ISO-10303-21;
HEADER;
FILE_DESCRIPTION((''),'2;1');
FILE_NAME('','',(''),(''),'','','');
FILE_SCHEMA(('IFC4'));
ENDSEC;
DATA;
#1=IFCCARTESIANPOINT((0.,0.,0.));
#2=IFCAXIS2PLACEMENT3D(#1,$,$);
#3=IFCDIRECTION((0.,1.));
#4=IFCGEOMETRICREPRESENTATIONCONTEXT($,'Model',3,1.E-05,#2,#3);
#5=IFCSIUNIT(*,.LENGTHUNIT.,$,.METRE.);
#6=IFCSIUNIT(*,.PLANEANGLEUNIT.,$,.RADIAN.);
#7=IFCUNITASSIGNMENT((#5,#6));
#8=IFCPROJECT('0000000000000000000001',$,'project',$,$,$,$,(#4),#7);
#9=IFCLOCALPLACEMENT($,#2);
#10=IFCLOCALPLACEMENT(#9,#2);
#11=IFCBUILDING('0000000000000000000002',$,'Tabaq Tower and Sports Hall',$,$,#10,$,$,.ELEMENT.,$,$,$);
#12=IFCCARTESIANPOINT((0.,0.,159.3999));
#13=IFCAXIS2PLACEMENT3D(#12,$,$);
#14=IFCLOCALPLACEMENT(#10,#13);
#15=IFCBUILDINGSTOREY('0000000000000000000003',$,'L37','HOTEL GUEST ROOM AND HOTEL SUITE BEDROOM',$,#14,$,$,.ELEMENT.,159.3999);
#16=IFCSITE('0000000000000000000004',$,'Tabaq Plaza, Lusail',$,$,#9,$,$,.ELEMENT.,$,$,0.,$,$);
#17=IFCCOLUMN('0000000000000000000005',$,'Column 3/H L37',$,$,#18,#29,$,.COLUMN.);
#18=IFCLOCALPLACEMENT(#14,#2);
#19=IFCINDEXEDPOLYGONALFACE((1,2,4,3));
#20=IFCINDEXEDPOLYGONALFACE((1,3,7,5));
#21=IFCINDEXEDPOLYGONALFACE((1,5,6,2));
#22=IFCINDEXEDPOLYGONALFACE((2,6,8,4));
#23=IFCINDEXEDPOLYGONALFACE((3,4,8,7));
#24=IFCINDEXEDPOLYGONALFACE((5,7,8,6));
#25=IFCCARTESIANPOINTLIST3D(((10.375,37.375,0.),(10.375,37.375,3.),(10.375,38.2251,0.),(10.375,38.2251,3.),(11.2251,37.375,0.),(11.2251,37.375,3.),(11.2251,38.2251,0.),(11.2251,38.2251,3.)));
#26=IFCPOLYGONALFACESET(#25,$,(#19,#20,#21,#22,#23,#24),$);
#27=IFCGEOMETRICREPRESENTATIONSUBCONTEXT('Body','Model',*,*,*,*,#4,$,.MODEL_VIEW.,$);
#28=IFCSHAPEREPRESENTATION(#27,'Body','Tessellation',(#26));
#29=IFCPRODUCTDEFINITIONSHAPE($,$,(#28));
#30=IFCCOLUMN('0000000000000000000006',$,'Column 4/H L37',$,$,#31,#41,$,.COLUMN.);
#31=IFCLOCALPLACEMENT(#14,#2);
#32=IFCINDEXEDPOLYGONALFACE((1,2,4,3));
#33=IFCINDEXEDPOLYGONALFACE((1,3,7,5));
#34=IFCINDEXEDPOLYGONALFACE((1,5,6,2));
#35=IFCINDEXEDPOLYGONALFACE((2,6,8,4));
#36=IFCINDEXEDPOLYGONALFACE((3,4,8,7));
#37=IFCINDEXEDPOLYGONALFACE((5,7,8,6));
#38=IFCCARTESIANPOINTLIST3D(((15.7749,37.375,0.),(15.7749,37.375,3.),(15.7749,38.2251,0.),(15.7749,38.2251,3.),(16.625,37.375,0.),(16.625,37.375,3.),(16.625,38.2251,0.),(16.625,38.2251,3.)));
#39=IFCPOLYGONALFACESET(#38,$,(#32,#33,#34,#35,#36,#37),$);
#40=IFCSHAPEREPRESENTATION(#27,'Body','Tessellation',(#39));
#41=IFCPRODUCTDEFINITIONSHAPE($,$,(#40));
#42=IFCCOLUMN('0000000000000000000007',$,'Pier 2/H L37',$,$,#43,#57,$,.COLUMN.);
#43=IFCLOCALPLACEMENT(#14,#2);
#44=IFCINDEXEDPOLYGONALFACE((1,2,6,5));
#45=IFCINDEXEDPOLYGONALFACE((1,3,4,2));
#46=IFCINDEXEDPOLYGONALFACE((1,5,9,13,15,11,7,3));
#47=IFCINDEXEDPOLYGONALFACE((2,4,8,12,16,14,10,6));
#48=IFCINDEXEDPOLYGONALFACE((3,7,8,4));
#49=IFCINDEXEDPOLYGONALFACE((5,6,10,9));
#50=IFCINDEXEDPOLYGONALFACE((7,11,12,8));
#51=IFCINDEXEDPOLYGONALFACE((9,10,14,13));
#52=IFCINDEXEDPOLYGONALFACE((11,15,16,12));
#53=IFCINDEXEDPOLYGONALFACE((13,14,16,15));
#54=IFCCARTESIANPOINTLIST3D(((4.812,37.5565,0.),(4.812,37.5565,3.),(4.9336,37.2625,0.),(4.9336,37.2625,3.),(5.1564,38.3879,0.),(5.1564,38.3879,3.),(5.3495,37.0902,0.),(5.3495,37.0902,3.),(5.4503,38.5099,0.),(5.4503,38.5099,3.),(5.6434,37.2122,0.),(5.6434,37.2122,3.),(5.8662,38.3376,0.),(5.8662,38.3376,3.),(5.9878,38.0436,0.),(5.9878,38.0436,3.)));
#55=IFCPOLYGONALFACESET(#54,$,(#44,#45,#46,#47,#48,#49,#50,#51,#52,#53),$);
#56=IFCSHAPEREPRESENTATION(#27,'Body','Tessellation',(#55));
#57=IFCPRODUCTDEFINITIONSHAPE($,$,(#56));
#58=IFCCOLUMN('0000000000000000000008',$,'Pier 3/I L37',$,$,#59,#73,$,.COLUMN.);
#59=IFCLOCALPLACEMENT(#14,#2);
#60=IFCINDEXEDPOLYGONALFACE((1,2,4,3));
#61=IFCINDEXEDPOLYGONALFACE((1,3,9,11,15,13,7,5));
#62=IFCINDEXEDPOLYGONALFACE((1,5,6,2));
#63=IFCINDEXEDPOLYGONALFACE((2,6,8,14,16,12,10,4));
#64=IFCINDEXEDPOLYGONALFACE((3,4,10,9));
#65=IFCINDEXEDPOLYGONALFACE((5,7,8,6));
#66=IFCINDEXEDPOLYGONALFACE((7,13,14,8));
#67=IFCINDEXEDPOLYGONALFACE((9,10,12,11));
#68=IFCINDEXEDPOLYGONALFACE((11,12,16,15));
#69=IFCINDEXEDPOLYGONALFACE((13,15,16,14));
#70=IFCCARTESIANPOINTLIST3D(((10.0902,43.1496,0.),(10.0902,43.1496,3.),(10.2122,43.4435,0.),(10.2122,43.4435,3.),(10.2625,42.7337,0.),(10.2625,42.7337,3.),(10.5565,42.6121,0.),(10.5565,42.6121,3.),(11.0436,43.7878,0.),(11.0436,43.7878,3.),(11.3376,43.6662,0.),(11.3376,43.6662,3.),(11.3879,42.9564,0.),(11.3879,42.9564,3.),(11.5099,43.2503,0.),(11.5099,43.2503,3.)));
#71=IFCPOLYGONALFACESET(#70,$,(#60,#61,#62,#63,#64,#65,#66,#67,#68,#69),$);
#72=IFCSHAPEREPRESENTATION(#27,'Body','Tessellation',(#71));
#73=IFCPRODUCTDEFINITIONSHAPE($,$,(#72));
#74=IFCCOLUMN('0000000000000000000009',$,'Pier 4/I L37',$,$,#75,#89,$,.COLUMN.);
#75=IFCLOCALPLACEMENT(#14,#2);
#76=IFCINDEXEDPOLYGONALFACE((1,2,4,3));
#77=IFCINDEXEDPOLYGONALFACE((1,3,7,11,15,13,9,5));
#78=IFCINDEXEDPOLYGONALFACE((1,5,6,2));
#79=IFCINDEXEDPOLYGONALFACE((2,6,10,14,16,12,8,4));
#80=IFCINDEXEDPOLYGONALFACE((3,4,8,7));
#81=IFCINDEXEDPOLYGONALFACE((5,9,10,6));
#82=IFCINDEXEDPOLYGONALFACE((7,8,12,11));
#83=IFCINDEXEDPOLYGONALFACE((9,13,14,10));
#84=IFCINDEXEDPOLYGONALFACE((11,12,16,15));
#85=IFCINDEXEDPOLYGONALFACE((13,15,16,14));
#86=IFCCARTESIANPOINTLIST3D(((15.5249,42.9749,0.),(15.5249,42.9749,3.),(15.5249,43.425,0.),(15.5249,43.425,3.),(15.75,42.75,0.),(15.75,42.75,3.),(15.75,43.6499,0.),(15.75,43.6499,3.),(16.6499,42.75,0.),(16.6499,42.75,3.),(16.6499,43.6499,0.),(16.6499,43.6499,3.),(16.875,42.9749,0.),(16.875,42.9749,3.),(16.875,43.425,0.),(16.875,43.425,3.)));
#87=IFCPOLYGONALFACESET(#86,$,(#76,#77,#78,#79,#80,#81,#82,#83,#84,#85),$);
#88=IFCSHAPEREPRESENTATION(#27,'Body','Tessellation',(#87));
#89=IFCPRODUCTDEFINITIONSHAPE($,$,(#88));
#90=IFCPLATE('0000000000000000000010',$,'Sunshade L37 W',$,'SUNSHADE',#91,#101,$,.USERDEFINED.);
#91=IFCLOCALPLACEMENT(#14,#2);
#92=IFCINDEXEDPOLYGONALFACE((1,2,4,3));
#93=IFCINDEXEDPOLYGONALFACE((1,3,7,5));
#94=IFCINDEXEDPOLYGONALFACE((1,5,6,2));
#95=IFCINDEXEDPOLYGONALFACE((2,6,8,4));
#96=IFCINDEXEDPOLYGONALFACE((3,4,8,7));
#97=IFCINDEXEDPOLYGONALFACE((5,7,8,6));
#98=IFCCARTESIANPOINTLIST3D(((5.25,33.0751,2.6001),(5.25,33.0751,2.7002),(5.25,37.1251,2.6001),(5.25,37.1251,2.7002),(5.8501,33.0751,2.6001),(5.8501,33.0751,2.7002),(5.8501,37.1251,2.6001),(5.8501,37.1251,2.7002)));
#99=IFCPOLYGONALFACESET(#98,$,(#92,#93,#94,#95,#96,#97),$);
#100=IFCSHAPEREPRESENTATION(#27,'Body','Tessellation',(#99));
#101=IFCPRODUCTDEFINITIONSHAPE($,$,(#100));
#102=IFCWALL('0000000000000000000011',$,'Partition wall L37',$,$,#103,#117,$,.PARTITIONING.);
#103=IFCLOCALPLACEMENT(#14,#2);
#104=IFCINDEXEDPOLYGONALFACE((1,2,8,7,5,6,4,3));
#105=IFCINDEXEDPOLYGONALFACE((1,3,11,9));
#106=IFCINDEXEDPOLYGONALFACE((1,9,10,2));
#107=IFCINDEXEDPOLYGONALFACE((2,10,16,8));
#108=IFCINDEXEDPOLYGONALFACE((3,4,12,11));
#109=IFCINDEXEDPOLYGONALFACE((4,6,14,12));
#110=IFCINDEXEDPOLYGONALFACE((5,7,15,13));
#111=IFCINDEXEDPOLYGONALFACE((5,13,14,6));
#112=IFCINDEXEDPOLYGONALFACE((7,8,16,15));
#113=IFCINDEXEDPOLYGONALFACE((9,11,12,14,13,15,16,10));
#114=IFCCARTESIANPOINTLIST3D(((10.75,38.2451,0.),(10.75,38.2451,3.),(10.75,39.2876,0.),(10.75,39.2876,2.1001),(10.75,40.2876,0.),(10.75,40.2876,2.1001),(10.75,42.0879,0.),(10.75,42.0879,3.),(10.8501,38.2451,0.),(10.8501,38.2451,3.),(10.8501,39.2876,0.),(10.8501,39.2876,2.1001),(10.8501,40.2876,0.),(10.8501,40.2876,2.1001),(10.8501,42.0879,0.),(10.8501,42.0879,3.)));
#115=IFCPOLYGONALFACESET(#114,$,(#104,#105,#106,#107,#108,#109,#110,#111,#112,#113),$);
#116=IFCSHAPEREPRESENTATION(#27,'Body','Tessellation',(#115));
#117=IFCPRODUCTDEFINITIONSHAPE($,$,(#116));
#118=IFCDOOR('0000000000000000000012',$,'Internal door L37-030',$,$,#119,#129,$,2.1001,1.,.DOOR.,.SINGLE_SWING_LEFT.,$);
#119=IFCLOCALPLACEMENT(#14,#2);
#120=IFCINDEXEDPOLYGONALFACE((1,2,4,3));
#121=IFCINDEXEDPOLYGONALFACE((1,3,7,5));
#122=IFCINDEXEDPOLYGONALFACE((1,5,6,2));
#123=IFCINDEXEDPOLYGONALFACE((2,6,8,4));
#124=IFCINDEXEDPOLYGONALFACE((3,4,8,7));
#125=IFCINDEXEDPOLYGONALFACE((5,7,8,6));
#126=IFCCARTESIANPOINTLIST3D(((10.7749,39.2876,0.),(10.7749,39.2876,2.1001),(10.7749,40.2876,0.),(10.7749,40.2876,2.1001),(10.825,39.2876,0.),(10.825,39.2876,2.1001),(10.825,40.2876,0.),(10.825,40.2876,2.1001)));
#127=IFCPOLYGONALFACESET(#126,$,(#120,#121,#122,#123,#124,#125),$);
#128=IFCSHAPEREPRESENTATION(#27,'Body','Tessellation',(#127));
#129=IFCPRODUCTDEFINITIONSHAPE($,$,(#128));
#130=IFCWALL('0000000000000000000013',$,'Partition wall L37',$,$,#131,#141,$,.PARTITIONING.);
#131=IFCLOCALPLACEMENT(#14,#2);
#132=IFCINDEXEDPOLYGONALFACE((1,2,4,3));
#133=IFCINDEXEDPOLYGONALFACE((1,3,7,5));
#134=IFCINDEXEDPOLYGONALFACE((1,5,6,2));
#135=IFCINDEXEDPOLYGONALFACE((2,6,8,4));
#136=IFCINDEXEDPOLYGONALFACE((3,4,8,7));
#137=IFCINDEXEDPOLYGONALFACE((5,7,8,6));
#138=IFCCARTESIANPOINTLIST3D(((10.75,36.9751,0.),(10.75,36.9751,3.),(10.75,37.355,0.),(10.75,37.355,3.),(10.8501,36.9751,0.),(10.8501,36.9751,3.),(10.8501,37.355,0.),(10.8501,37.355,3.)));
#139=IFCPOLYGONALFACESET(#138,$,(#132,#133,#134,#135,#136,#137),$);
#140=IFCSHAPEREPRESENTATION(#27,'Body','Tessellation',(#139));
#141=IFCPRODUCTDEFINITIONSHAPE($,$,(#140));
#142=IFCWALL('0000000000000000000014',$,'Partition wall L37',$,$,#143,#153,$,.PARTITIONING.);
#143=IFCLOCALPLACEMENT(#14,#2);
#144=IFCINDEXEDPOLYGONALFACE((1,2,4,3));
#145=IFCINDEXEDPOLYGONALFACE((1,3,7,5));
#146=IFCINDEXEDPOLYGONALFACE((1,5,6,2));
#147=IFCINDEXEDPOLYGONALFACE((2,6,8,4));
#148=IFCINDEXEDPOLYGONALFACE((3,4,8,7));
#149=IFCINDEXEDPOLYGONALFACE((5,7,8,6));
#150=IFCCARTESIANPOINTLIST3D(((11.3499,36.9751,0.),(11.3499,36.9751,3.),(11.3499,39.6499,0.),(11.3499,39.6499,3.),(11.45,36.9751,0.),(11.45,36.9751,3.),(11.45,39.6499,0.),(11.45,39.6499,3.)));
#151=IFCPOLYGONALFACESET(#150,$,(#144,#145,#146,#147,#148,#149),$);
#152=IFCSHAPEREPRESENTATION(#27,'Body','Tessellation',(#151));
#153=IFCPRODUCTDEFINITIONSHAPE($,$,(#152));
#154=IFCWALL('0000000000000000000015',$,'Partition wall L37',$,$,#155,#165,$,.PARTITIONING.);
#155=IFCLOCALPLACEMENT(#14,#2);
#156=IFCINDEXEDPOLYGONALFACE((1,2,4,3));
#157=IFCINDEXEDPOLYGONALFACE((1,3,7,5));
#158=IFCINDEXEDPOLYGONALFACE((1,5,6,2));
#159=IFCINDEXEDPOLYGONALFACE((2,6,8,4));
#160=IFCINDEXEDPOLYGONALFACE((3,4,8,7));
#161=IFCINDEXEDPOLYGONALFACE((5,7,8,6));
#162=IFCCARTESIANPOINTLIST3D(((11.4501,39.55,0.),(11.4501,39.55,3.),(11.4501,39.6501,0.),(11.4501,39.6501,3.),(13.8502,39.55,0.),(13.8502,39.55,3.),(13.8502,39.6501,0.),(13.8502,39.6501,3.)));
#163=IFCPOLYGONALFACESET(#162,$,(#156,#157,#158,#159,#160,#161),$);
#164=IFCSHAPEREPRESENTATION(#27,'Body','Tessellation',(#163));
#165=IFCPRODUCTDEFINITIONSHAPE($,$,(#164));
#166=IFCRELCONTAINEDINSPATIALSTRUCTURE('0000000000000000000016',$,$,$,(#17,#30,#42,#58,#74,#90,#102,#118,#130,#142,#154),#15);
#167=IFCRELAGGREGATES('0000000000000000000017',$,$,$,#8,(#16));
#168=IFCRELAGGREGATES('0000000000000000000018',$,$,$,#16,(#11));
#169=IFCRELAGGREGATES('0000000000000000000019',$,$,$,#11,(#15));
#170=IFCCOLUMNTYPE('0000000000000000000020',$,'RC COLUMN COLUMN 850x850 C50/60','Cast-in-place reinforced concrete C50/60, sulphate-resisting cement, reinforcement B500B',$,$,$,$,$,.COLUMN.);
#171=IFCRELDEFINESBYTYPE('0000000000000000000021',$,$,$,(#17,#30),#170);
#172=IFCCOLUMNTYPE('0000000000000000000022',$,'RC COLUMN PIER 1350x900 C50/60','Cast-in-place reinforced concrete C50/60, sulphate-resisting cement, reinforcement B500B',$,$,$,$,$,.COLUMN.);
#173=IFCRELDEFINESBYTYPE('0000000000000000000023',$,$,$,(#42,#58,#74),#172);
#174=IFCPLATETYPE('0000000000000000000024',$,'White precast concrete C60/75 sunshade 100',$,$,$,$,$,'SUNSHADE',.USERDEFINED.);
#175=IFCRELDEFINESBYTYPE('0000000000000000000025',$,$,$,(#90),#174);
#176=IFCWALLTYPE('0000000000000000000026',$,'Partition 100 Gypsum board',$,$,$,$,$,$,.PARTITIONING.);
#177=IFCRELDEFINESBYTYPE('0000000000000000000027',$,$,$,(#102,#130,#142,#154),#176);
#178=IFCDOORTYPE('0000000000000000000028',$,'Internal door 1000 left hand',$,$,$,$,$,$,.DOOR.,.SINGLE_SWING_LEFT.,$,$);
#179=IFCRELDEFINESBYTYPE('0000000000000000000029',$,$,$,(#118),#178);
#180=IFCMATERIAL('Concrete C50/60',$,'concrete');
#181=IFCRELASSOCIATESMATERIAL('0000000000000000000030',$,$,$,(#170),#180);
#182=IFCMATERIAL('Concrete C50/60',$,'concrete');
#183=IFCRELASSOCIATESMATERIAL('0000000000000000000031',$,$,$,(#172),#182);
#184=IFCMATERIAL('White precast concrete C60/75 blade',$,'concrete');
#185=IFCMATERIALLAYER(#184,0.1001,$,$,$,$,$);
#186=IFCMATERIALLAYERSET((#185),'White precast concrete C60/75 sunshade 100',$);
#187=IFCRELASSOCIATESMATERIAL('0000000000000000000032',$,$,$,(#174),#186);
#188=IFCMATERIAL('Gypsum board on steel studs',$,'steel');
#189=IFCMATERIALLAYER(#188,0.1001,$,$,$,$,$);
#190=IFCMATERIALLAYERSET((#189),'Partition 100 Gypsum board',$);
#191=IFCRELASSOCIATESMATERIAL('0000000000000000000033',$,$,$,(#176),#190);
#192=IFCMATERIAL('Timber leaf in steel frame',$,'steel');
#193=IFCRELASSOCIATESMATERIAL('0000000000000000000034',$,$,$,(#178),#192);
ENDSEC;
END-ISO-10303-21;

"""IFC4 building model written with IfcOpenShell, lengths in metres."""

from ifc_helpers import new_model, si_unit, direction, frame, frame_2d, origin, origin_2d, place, context, subcontext, project, spatial, polyline, rectangle, outline, extrude, material, layer, layer_set, material_profile, profile_set, type_object, element, fill, save


model = new_model("IFC4")

# Units and contexts
model_context = context("Model", 3, precision=1e-05, world=origin(), true_north=direction((0.0, 1.0)))
body_context = subcontext(model_context, "Body", "Model", "MODEL_VIEW")
ifc_project = project(units=[si_unit("LENGTHUNIT", "METRE"), si_unit("PLANEANGLEUNIT", "RADIAN")], contexts=[model_context])

# Site, building, storey
site_placement = place(None, origin())
site = spatial("IfcSite", under=ifc_project, at=site_placement, Name="Tabaq Plaza, Lusail", CompositionType="ELEMENT", RefElevation=0.0)
building_placement = place(site_placement, origin())
building = spatial("IfcBuilding", under=site, at=building_placement, Name="Tabaq Tower and Sports Hall", CompositionType="ELEMENT")
storey_placement = place(building_placement, frame((0.0, 0.0, 159.3999)))
storey = spatial("IfcBuildingStorey", under=building, at=storey_placement, Name="L37", Description="HOTEL GUEST ROOM AND HOTEL SUITE BEDROOM", CompositionType="ELEMENT", Elevation=159.3999)

# Columns
ifc_material_1 = material(Name="Concrete C50/60", Category="concrete")
ifc_material_profile_1 = material_profile(ifc_material_1, rectangle(XDim=0.8501, YDim=0.8501, at=origin_2d()), Name="COLUMN 850x850")
ifc_profile_set_1 = profile_set([ifc_material_profile_1], Name="Concrete C50/60")
column_type_1 = type_object("IfcColumnType", Name="RC COLUMN COLUMN 850x850 C50/60", Description="Cast-in-place reinforced concrete C50/60, sulphate-resisting cement, reinforcement B500B", PredefinedType="COLUMN", material=ifc_profile_set_1)
for number, where, z_axis, x_axis, name in (
    (1, (10.8, 37.8, 0.0), (0.0, 0.0, 1.0), (1.0, 0.0, 0.0), "Column 3/H L37"),
    (2, (16.2, 37.8, 0.0), (0.0, 0.0, 1.0), (1.0, 0.0, 0.0), "Column 4/H L37"),
):
    element("IfcColumn", number, at=place(storey_placement, frame(where, z_axis=z_axis, x_axis=x_axis)), inside=storey, type_object=column_type_1, Name=name, PredefinedType="COLUMN", context=body_context, shape_type="SweptSolid", body=[
        extrude(rectangle(XDim=0.8501, YDim=0.8501, at=origin_2d()), origin(), (0.0, 0.0, 1.0), 3.0),
    ])
ifc_material_2 = material(Name="Concrete C50/60", Category="concrete")
ifc_material_profile_2 = material_profile(ifc_material_2, outline(polyline([(-0.45, -0.45), (0.45, -0.45), (0.675, -0.2251), (0.675, 0.2251), (0.45, 0.45), (-0.45, 0.45), (-0.675, 0.2251), (-0.675, -0.2251), (-0.45, -0.45)])), Name="PIER 1350x900")
ifc_profile_set_2 = profile_set([ifc_material_profile_2], Name="Concrete C50/60")
column_type_2 = type_object("IfcColumnType", Name="RC COLUMN PIER 1350x900 C50/60", Description="Cast-in-place reinforced concrete C50/60, sulphate-resisting cement, reinforcement B500B", PredefinedType="COLUMN", material=ifc_profile_set_2)
for number, where, z_axis, x_axis, name in (
    (3, (5.3999, 37.8, 0.0), (0.0, 0.0, 1.0), (0.382683, 0.92388, 0.0), "Pier 2/H L37"),
    (4, (10.8, 43.2, 0.0), (0.0, 0.0, 1.0), (0.92388, 0.382683, 0.0), "Pier 3/I L37"),
    (5, (16.2, 43.2, 0.0), (0.0, 0.0, 1.0), (1.0, 0.0, 0.0), "Pier 4/I L37"),
):
    element("IfcColumn", number, at=place(storey_placement, frame(where, z_axis=z_axis, x_axis=x_axis)), inside=storey, type_object=column_type_2, Name=name, PredefinedType="COLUMN", context=body_context, shape_type="SweptSolid", body=[
        extrude(outline(polyline([(-0.45, -0.45), (0.45, -0.45), (0.675, -0.2251), (0.675, 0.2251), (0.45, 0.45), (-0.45, 0.45), (-0.675, 0.2251), (-0.675, -0.2251), (-0.45, -0.45)])), origin(), (0.0, 0.0, 1.0), 3.0),
    ])

# Plate
ifc_material_3 = material(Name="White precast concrete C60/75 blade", Category="concrete")
ifc_layer_1 = layer(ifc_material_3, 0.1001)
ifc_layer_set_1 = layer_set([ifc_layer_1], Name="White precast concrete C60/75 sunshade 100")
plate_type = type_object("IfcPlateType", Name="White precast concrete C60/75 sunshade 100", ElementType="SUNSHADE", PredefinedType="USERDEFINED", material=ifc_layer_set_1)
plate_placement = place(storey_placement, frame((5.55, 35.1001, 2.6001), z_axis=(0.0, 0.0, 1.0), x_axis=(0.0, -1.0, 0.0)))
element("IfcPlate", 6, at=plate_placement, inside=storey, type_object=plate_type, Name="Sunshade L37 W", ObjectType="SUNSHADE", PredefinedType="USERDEFINED", context=body_context, shape_type="SweptSolid", body=[
    extrude(rectangle(XDim=4.05, YDim=0.6001, at=origin_2d()), origin(), (0.0, 0.0, 1.0), 0.1001),
])

# Wall, opening, door
ifc_material_4 = material(Name="Gypsum board on steel studs", Category="steel")
ifc_layer_2 = layer(ifc_material_4, 0.1001)
ifc_layer_set_2 = layer_set([ifc_layer_2], Name="Partition 100 Gypsum board")
wall_type_1 = type_object("IfcWallType", Name="Partition 100 Gypsum board", PredefinedType="PARTITIONING", material=ifc_layer_set_2)
wall_1_placement = place(storey_placement, frame((10.8, 42.0879, 0.0), z_axis=(0.0, 0.0, 1.0), x_axis=(0.0, -1.0, 0.0)))
wall_1 = element("IfcWall", 7, at=wall_1_placement, inside=storey, type_object=wall_type_1, Name="Partition wall L37", PredefinedType="PARTITIONING", context=body_context, shape_type="SweptSolid", body=[
    extrude(rectangle(XDim=3.8428, YDim=0.1001, at=frame_2d((1.9214, 0.0))), origin(), (0.0, 0.0, 1.0), 3.0),
])
opening_1_placement = place(wall_1_placement, frame((1.8003, 0.0, 0.0)))
opening_1 = element("IfcOpeningElement", 8, at=opening_1_placement, cuts=wall_1, PredefinedType="OPENING", context=body_context, shape_type="SweptSolid", body=[
    extrude(rectangle(XDim=1.0, YDim=2.1001, at=frame_2d((0.5, 1.05))), frame((0.0, 0.05, 0.0), z_axis=(0.0, -1.0, 0.0), x_axis=(1.0, 0.0, 0.0)), (0.0, 0.0, 1.0), 0.1001),
])
ifc_material_5 = material(Name="Timber leaf in steel frame", Category="steel")
door_type_1 = type_object("IfcDoorType", Name="Internal door 1000 left hand", OperationType="SINGLE_SWING_LEFT", PredefinedType="DOOR", material=ifc_material_5)
door_1_placement = place(opening_1_placement, origin())
door_1 = element("IfcDoor", 9, at=door_1_placement, inside=storey, type_object=door_type_1, Name="Internal door L37-030", OperationType="SINGLE_SWING_LEFT", OverallHeight=2.1001, OverallWidth=1.0, PredefinedType="DOOR", context=body_context, shape_type="SweptSolid", body=[
    extrude(rectangle(XDim=1.0, YDim=2.1001, at=frame_2d((0.5, 1.05))), frame((0.0, 0.0249, 0.0), z_axis=(0.0, -1.0, 0.0), x_axis=(1.0, 0.0, 0.0)), (0.0, 0.0, 1.0), 0.05),
])
fill(opening_1, door_1)

# Walls
wall_2_placement = place(storey_placement, frame((10.8, 37.355, 0.0), z_axis=(0.0, 0.0, 1.0), x_axis=(0.0, -1.0, 0.0)))
element("IfcWall", 10, at=wall_2_placement, inside=storey, type_object=wall_type_1, Name="Partition wall L37", PredefinedType="PARTITIONING", context=body_context, shape_type="SweptSolid", body=[
    extrude(rectangle(XDim=0.3799, YDim=0.1001, at=frame_2d((0.1899, 0.0))), origin(), (0.0, 0.0, 1.0), 3.0),
])
wall_3_placement = place(storey_placement, frame((11.3999, 36.9751, 0.0), z_axis=(0.0, 0.0, 1.0), x_axis=(0.0, 1.0, 0.0)))
element("IfcWall", 11, at=wall_3_placement, inside=storey, type_object=wall_type_1, Name="Partition wall L37", PredefinedType="PARTITIONING", context=body_context, shape_type="SweptSolid", body=[
    extrude(rectangle(XDim=2.6748, YDim=0.1001, at=frame_2d((1.3374, 0.0))), origin(), (0.0, 0.0, 1.0), 3.0),
])
wall_4_placement = place(storey_placement, frame((11.45, 39.6001, 0.0), z_axis=(0.0, 0.0, 1.0), x_axis=(1.0, 0.0, 0.0)))
element("IfcWall", 12, at=wall_4_placement, inside=storey, type_object=wall_type_1, Name="Partition wall L37", PredefinedType="PARTITIONING", context=body_context, shape_type="SweptSolid", body=[
    extrude(rectangle(XDim=2.4001, YDim=0.1001, at=frame_2d((1.2002, 0.0))), origin(), (0.0, 0.0, 1.0), 3.0),
])

save(model, "model.ifc")
